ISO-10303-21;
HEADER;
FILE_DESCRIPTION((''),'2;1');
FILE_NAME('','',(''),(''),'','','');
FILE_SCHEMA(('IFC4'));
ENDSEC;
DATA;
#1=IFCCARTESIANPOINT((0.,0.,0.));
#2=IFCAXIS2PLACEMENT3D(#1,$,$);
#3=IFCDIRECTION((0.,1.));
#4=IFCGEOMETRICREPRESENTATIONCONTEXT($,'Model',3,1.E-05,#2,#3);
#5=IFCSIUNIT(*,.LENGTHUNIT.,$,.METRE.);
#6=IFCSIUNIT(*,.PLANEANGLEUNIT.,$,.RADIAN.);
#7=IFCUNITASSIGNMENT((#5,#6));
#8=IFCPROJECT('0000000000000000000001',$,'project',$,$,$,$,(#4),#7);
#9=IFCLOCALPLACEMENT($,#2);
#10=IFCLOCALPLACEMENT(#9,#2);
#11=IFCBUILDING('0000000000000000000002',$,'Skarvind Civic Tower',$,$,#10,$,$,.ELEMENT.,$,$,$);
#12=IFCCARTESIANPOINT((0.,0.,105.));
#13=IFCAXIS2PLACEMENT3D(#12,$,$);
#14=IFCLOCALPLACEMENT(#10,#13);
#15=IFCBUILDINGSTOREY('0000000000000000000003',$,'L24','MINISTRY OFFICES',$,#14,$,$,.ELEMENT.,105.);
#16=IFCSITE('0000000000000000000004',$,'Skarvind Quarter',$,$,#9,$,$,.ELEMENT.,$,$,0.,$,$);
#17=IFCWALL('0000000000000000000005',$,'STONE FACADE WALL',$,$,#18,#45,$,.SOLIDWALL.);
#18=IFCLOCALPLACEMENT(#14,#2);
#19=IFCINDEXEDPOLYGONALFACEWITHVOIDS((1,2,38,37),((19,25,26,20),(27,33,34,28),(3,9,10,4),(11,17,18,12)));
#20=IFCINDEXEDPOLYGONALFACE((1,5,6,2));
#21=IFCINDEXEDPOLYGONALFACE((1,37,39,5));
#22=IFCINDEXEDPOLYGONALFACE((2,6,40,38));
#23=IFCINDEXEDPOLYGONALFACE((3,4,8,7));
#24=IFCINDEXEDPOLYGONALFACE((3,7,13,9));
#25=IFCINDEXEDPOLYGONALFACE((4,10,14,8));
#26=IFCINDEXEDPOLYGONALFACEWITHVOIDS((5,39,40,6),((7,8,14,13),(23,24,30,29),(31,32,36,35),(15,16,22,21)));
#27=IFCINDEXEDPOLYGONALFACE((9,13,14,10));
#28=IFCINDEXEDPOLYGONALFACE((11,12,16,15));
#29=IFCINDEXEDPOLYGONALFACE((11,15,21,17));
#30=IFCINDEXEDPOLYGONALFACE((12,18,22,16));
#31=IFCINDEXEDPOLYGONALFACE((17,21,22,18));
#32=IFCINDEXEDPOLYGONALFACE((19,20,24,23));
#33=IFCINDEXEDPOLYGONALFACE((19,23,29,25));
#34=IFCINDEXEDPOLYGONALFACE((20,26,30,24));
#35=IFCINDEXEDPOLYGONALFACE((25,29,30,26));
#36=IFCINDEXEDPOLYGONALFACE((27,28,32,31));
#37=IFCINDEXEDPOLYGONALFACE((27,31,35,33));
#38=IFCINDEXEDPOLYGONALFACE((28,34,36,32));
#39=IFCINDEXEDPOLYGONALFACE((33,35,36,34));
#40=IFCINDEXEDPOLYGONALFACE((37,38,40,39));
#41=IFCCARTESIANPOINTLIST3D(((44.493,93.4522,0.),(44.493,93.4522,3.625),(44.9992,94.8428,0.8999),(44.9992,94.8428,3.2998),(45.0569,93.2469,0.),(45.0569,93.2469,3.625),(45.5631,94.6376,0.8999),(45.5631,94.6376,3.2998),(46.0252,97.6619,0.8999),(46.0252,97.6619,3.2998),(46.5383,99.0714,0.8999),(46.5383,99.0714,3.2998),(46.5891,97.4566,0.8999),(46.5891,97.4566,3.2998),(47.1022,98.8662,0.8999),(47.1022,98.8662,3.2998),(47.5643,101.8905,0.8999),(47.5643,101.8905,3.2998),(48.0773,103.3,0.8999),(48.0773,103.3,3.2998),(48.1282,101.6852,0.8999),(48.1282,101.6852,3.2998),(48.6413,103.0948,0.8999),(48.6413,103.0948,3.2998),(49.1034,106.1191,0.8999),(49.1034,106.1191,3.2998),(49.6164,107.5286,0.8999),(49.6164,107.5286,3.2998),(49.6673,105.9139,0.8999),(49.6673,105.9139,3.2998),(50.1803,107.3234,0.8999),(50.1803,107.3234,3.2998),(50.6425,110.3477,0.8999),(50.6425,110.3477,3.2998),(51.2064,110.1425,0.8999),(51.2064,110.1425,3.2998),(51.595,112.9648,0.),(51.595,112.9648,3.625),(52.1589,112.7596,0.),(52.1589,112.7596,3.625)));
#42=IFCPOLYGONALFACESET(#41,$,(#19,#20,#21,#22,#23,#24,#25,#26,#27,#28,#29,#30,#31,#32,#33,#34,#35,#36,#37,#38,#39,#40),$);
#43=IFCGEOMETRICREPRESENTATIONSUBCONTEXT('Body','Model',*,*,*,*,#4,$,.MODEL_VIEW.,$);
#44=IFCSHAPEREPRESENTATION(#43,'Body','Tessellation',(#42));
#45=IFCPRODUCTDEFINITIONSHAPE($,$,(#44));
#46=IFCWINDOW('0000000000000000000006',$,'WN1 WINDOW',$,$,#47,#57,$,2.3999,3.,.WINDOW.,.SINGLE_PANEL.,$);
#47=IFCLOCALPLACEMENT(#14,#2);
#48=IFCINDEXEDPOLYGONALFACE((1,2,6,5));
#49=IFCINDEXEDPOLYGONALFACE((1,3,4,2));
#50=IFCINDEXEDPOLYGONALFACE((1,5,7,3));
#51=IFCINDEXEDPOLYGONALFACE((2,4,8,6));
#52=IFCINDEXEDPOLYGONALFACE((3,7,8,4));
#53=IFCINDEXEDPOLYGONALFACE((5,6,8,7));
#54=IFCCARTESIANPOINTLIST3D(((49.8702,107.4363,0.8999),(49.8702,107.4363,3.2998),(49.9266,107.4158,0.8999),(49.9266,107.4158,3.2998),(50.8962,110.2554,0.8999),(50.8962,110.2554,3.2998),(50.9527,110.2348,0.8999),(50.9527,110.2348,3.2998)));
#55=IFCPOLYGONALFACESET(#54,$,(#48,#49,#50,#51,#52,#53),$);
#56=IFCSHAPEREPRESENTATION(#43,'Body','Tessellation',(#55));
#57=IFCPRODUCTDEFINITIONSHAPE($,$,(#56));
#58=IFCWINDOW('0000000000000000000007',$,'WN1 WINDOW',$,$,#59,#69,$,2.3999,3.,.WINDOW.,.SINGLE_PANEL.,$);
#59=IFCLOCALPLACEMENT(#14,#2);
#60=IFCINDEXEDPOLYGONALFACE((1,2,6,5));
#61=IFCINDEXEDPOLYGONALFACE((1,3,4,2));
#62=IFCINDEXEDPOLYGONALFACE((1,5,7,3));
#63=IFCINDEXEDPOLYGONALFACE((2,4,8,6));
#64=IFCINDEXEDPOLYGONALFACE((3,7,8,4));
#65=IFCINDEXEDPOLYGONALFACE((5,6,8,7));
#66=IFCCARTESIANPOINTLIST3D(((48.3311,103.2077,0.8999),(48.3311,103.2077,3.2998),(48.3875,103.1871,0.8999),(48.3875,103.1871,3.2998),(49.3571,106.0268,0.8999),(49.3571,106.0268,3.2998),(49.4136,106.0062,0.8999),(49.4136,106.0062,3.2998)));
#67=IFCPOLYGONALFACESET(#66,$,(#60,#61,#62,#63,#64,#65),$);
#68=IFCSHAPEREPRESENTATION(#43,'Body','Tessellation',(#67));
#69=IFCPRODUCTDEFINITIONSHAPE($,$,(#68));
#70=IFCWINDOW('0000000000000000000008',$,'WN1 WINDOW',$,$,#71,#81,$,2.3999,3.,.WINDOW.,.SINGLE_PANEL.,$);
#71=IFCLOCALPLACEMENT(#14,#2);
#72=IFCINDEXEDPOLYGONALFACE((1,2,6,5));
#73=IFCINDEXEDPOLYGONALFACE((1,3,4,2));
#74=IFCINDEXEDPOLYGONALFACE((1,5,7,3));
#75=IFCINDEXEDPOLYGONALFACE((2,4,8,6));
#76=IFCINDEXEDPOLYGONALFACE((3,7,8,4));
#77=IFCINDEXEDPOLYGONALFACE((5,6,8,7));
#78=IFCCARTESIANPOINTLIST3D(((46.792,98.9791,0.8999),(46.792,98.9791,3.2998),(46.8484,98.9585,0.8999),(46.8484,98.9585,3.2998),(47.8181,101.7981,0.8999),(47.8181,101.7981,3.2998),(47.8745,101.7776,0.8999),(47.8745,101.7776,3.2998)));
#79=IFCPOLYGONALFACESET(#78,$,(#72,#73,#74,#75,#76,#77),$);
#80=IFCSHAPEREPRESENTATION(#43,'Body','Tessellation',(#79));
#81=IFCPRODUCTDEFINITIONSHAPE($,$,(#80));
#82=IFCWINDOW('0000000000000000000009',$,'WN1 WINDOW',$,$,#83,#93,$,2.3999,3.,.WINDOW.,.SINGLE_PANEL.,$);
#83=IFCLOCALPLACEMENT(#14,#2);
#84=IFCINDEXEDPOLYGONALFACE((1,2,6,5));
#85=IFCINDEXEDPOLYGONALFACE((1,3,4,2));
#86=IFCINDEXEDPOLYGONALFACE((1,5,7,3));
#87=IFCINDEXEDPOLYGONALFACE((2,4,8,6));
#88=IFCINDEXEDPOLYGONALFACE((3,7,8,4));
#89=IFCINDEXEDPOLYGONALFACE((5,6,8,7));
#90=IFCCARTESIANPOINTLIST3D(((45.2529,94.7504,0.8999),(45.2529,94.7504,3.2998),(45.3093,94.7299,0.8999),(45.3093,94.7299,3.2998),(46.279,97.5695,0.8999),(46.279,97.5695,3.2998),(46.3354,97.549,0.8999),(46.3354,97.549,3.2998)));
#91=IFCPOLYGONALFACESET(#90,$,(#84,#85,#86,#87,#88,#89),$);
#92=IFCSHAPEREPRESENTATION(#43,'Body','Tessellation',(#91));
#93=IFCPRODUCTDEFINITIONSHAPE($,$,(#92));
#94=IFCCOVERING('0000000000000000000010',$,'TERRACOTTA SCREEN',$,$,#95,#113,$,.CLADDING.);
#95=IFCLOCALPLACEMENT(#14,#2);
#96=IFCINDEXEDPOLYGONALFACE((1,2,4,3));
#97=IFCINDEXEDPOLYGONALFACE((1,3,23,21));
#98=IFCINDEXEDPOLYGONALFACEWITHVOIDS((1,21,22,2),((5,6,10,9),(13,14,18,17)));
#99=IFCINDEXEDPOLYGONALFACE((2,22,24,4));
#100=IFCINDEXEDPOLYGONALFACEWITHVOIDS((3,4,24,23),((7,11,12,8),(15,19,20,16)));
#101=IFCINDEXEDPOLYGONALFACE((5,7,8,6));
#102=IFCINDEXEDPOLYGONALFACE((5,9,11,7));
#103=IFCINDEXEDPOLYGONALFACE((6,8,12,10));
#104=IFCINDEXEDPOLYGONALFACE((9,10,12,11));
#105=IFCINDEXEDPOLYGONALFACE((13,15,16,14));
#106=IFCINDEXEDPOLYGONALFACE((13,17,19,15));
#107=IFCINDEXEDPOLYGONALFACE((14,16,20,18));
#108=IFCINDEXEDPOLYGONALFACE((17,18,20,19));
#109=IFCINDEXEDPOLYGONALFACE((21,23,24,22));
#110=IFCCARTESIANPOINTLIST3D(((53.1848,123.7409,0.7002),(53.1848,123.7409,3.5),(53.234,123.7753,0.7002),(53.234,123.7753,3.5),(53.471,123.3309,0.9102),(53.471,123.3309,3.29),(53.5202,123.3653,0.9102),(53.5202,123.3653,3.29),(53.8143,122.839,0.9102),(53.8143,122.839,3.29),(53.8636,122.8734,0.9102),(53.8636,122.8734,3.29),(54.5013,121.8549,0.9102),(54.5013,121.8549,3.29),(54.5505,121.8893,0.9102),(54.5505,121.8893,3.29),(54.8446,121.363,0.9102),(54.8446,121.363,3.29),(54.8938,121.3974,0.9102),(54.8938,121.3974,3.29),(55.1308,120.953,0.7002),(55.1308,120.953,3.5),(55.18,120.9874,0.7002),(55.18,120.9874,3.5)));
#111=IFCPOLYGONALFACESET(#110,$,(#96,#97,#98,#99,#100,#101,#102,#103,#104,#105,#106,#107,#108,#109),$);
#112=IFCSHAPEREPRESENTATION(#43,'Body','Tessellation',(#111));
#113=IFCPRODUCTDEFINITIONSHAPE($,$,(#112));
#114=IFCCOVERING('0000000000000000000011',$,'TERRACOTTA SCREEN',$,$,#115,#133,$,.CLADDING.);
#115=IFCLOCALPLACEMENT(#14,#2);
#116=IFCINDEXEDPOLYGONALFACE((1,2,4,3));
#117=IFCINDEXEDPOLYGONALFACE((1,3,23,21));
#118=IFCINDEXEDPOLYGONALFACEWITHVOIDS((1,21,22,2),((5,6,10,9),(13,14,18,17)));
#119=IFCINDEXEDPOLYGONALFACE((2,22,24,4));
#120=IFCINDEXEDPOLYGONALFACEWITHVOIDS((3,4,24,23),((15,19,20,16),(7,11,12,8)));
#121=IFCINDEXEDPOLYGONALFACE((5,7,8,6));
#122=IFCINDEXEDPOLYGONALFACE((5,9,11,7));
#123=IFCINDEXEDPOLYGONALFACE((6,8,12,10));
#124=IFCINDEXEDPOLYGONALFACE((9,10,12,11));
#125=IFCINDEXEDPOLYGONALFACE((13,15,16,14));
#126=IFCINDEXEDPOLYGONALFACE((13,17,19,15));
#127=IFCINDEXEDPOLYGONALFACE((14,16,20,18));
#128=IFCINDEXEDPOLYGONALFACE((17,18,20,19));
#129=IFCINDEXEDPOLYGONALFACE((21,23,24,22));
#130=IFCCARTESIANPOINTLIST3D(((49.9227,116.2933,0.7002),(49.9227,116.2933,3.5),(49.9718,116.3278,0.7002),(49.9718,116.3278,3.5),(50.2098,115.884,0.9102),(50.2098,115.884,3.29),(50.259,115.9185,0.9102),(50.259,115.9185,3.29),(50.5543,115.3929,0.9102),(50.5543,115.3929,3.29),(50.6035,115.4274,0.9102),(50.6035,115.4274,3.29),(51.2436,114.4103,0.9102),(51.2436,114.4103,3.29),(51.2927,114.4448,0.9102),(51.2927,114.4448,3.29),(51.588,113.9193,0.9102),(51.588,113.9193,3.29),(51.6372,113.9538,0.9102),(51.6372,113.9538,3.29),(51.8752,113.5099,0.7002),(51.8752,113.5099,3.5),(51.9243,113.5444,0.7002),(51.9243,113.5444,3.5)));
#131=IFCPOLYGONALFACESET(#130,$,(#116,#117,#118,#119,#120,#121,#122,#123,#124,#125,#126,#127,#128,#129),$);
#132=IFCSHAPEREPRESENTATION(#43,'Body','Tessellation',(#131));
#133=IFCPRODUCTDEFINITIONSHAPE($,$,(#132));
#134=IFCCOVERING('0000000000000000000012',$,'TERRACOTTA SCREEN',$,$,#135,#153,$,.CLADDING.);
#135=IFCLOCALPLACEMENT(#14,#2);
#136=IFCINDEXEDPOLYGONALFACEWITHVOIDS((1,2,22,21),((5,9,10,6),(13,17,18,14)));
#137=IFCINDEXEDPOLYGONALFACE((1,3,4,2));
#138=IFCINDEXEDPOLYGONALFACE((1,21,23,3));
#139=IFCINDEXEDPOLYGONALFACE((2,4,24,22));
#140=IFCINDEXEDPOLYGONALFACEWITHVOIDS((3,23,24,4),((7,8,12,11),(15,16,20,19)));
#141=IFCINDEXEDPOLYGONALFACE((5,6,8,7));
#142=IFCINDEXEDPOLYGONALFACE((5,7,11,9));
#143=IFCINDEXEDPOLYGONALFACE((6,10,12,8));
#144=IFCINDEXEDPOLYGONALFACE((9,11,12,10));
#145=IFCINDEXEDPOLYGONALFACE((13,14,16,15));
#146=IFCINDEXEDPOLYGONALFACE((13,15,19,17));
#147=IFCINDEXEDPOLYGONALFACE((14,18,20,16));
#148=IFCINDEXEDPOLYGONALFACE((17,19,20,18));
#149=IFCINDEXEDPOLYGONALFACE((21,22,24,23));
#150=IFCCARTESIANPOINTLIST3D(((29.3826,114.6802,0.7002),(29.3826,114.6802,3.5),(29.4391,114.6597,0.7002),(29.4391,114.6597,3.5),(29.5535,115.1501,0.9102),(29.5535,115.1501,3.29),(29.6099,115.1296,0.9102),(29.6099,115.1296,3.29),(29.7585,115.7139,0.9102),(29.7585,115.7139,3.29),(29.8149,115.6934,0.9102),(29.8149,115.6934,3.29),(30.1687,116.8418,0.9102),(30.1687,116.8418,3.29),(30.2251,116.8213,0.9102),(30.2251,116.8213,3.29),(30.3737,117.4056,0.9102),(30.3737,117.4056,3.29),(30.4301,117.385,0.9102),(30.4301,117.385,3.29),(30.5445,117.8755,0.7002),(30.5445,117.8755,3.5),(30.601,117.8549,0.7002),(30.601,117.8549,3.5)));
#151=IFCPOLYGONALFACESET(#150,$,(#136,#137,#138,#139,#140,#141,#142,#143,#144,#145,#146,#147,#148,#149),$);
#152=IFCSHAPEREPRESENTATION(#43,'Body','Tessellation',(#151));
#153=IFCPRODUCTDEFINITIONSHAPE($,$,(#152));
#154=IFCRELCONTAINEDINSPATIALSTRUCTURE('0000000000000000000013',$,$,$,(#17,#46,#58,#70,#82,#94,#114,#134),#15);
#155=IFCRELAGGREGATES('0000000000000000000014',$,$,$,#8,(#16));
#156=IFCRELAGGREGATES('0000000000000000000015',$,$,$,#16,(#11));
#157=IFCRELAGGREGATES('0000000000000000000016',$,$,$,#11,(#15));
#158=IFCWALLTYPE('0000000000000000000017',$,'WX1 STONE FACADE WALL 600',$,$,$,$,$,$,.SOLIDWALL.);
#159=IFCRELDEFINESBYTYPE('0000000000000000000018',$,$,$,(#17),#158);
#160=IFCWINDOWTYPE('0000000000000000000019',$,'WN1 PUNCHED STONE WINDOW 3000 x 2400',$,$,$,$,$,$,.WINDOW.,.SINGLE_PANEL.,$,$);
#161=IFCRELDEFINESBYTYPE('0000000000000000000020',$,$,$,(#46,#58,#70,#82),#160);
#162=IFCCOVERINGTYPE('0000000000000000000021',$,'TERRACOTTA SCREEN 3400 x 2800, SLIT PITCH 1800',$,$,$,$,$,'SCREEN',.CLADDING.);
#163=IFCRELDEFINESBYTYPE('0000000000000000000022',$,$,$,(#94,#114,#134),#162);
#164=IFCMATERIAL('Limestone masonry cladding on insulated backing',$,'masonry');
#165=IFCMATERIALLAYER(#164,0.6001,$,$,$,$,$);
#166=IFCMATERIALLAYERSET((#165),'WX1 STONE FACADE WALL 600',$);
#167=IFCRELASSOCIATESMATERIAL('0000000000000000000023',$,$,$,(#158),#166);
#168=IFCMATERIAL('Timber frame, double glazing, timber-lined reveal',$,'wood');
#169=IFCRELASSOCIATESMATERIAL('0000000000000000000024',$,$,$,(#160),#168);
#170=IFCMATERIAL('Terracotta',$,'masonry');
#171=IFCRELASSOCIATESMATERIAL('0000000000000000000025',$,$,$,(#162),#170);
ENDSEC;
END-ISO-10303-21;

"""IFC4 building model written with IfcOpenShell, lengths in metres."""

from ifc_helpers import new_model, si_unit, direction, frame, frame_2d, origin, place, context, subcontext, project, spatial, polyline, rectangle, outline, extrude, material, layer, layer_set, material_profile, profile_set, type_object, element, fill, save


model = new_model("IFC4")

# Units and contexts
model_context = context("Model", 3, precision=1e-05, world=origin(), true_north=direction((0.0, 1.0)))
body_context = subcontext(model_context, "Body", "Model", "MODEL_VIEW")
ifc_project = project(units=[si_unit("LENGTHUNIT", "METRE"), si_unit("PLANEANGLEUNIT", "RADIAN")], contexts=[model_context])

# Site, building, storey
site_placement = place(None, origin())
site = spatial("IfcSite", under=ifc_project, at=site_placement, Name="Skarvind Quarter", CompositionType="ELEMENT", RefElevation=0.0)
building_placement = place(site_placement, origin())
building = spatial("IfcBuilding", under=site, at=building_placement, Name="Skarvind Civic Tower", CompositionType="ELEMENT")
storey_placement = place(building_placement, frame((0.0, 0.0, 105.0)))
storey = spatial("IfcBuildingStorey", under=building, at=storey_placement, Name="L24", Description="MINISTRY OFFICES", CompositionType="ELEMENT", Elevation=105.0)

# Wall, openings, windows
ifc_material_1 = material(Name="Limestone masonry cladding on insulated backing", Category="masonry")
ifc_layer_1 = layer(ifc_material_1, 0.6001)
ifc_layer_set_1 = layer_set([ifc_layer_1], Name="WX1 STONE FACADE WALL 600")
wall_type_1 = type_object("IfcWallType", Name="WX1 STONE FACADE WALL 600", PredefinedType="SOLIDWALL", material=ifc_layer_set_1)
wall_1_placement = place(storey_placement, frame((51.877, 112.8621, 0.0), z_axis=(0.0, 0.0, 1.0), x_axis=(-0.342021, -0.939692, 0.0)))
wall_1 = element("IfcWall", 1, at=wall_1_placement, inside=storey, type_object=wall_type_1, Name="STONE FACADE WALL", PredefinedType="SOLIDWALL", context=body_context, shape_type="SweptSolid", body=[
    extrude(rectangle(XDim=20.7649, YDim=0.6001, at=frame_2d((10.3823, 0.0))), origin(), (0.0, 0.0, 1.0), 3.625),
])
opening_1_placement = place(wall_1_placement, frame((2.7849, 0.0, 0.8999)))
opening_1 = element("IfcOpeningElement", 2, at=opening_1_placement, cuts=wall_1, PredefinedType="OPENING", context=body_context, shape_type="SweptSolid", body=[
    extrude(rectangle(XDim=3.0, YDim=2.3999, at=frame_2d((1.5, 1.2))), frame((0.0, 0.3101, 0.0), z_axis=(0.0, -1.0, 0.0), x_axis=(1.0, 0.0, 0.0)), (0.0, 0.0, 1.0), 0.6201),
])
opening_2_placement = place(wall_1_placement, frame((7.2849, 0.0, 0.8999)))
opening_2 = element("IfcOpeningElement", 3, at=opening_2_placement, cuts=wall_1, PredefinedType="OPENING", context=body_context, shape_type="SweptSolid", body=[
    extrude(rectangle(XDim=3.0, YDim=2.3999, at=frame_2d((1.5, 1.2))), frame((0.0, 0.3101, 0.0), z_axis=(0.0, -1.0, 0.0), x_axis=(1.0, 0.0, 0.0)), (0.0, 0.0, 1.0), 0.6201),
])
opening_3_placement = place(wall_1_placement, frame((11.7849, 0.0, 0.8999)))
opening_3 = element("IfcOpeningElement", 4, at=opening_3_placement, cuts=wall_1, PredefinedType="OPENING", context=body_context, shape_type="SweptSolid", body=[
    extrude(rectangle(XDim=3.0, YDim=2.3999, at=frame_2d((1.5, 1.2))), frame((0.0, 0.3101, 0.0), z_axis=(0.0, -1.0, 0.0), x_axis=(1.0, 0.0, 0.0)), (0.0, 0.0, 1.0), 0.6201),
])
opening_4_placement = place(wall_1_placement, frame((16.2849, 0.0, 0.8999)))
opening_4 = element("IfcOpeningElement", 5, at=opening_4_placement, cuts=wall_1, PredefinedType="OPENING", context=body_context, shape_type="SweptSolid", body=[
    extrude(rectangle(XDim=3.0, YDim=2.3999, at=frame_2d((1.5, 1.2))), frame((0.0, 0.3101, 0.0), z_axis=(0.0, -1.0, 0.0), x_axis=(1.0, 0.0, 0.0)), (0.0, 0.0, 1.0), 0.6201),
])
ifc_material_2 = material(Name="Timber frame, double glazing, timber-lined reveal", Category="wood")
window_type = type_object("IfcWindowType", Name="WN1 PUNCHED STONE WINDOW 3000 x 2400", PartitioningType="SINGLE_PANEL", PredefinedType="WINDOW", material=ifc_material_2)
window_1_placement = place(opening_1_placement, origin())
window_1 = element("IfcWindow", 6, at=window_1_placement, inside=storey, type_object=window_type, Name="WN1 WINDOW", OverallHeight=2.3999, OverallWidth=3.0, PartitioningType="SINGLE_PANEL", PredefinedType="WINDOW", context=body_context, shape_type="SweptSolid", body=[
    extrude(rectangle(XDim=3.0, YDim=2.3999, at=frame_2d((1.5, 1.2))), frame((0.0, 0.03, 0.0), z_axis=(0.0, -1.0, 0.0), x_axis=(1.0, 0.0, 0.0)), (0.0, 0.0, 1.0), 0.0601),
])
fill(opening_1, window_1)
window_2_placement = place(opening_2_placement, origin())
window_2 = element("IfcWindow", 7, at=window_2_placement, inside=storey, type_object=window_type, Name="WN1 WINDOW", OverallHeight=2.3999, OverallWidth=3.0, PartitioningType="SINGLE_PANEL", PredefinedType="WINDOW", context=body_context, shape_type="SweptSolid", body=[
    extrude(rectangle(XDim=3.0, YDim=2.3999, at=frame_2d((1.5, 1.2))), frame((0.0, 0.03, 0.0), z_axis=(0.0, -1.0, 0.0), x_axis=(1.0, 0.0, 0.0)), (0.0, 0.0, 1.0), 0.0601),
])
fill(opening_2, window_2)
window_3_placement = place(opening_3_placement, origin())
window_3 = element("IfcWindow", 8, at=window_3_placement, inside=storey, type_object=window_type, Name="WN1 WINDOW", OverallHeight=2.3999, OverallWidth=3.0, PartitioningType="SINGLE_PANEL", PredefinedType="WINDOW", context=body_context, shape_type="SweptSolid", body=[
    extrude(rectangle(XDim=3.0, YDim=2.3999, at=frame_2d((1.5, 1.2))), frame((0.0, 0.03, 0.0), z_axis=(0.0, -1.0, 0.0), x_axis=(1.0, 0.0, 0.0)), (0.0, 0.0, 1.0), 0.0601),
])
fill(opening_3, window_3)
window_4_placement = place(opening_4_placement, origin())
window_4 = element("IfcWindow", 9, at=window_4_placement, inside=storey, type_object=window_type, Name="WN1 WINDOW", OverallHeight=2.3999, OverallWidth=3.0, PartitioningType="SINGLE_PANEL", PredefinedType="WINDOW", context=body_context, shape_type="SweptSolid", body=[
    extrude(rectangle(XDim=3.0, YDim=2.3999, at=frame_2d((1.5, 1.2))), frame((0.0, 0.03, 0.0), z_axis=(0.0, -1.0, 0.0), x_axis=(1.0, 0.0, 0.0)), (0.0, 0.0, 1.0), 0.0601),
])
fill(opening_4, window_4)

# Coverings
ifc_material_3 = material(Name="Terracotta", Category="masonry")
ifc_material_profile_1 = material_profile(ifc_material_3, outline(polyline([(-1.7, -1.3999), (1.7, -1.3999), (1.7, 1.3999), (-1.7, 1.3999), (-1.7, -1.3999)]), holes=[polyline([(-1.2, -1.1899), (-0.6001, -1.1899), (-0.6001, 1.1899), (-1.2, 1.1899), (-1.2, -1.1899)]), polyline([(0.6001, -1.1899), (1.2, -1.1899), (1.2, 1.1899), (0.6001, 1.1899), (0.6001, -1.1899)])]), Name="TERRACOTTA SCREEN 3400 x 2800, SLIT PITCH 1800")
ifc_profile_set_1 = profile_set([ifc_material_profile_1], Name="Terracotta")
covering_type = type_object("IfcCoveringType", Name="TERRACOTTA SCREEN 3400 x 2800, SLIT PITCH 1800", ElementType="SCREEN", PredefinedType="CLADDING", material=ifc_profile_set_1)
for number, where, z_axis, x_axis, name in (
    (10, (54.207, 122.3813, 2.1001), (-0.819994, -0.572372, 0.0), (0.572372, -0.819994, 0.0), "TERRACOTTA SCREEN"),
    (11, (50.8989, 114.9016, 2.1001), (0.818657, 0.574282, 0.0), (-0.574282, 0.818657, 0.0), "TERRACOTTA SCREEN"),
    (12, (30.02, 116.2573, 2.1001), (-0.939793, 0.341743, 0.0), (-0.341743, -0.939793, 0.0), "TERRACOTTA SCREEN"),
):
    element("IfcCovering", number, at=place(storey_placement, frame(where, z_axis=z_axis, x_axis=x_axis)), inside=storey, type_object=covering_type, Name=name, PredefinedType="CLADDING", context=body_context, shape_type="SweptSolid", body=[
        extrude(outline(polyline([(-1.7, -1.3999), (1.7, -1.3999), (1.7, 1.3999), (-1.7, 1.3999), (-1.7, -1.3999)]), holes=[polyline([(-1.2, -1.1899), (-0.6001, -1.1899), (-0.6001, 1.1899), (-1.2, 1.1899), (-1.2, -1.1899)]), polyline([(0.6001, -1.1899), (1.2, -1.1899), (1.2, 1.1899), (0.6001, 1.1899), (0.6001, -1.1899)])]), origin(), (0.0, 0.0, 1.0), 0.0601),
    ])

save(model, "model.ifc")
